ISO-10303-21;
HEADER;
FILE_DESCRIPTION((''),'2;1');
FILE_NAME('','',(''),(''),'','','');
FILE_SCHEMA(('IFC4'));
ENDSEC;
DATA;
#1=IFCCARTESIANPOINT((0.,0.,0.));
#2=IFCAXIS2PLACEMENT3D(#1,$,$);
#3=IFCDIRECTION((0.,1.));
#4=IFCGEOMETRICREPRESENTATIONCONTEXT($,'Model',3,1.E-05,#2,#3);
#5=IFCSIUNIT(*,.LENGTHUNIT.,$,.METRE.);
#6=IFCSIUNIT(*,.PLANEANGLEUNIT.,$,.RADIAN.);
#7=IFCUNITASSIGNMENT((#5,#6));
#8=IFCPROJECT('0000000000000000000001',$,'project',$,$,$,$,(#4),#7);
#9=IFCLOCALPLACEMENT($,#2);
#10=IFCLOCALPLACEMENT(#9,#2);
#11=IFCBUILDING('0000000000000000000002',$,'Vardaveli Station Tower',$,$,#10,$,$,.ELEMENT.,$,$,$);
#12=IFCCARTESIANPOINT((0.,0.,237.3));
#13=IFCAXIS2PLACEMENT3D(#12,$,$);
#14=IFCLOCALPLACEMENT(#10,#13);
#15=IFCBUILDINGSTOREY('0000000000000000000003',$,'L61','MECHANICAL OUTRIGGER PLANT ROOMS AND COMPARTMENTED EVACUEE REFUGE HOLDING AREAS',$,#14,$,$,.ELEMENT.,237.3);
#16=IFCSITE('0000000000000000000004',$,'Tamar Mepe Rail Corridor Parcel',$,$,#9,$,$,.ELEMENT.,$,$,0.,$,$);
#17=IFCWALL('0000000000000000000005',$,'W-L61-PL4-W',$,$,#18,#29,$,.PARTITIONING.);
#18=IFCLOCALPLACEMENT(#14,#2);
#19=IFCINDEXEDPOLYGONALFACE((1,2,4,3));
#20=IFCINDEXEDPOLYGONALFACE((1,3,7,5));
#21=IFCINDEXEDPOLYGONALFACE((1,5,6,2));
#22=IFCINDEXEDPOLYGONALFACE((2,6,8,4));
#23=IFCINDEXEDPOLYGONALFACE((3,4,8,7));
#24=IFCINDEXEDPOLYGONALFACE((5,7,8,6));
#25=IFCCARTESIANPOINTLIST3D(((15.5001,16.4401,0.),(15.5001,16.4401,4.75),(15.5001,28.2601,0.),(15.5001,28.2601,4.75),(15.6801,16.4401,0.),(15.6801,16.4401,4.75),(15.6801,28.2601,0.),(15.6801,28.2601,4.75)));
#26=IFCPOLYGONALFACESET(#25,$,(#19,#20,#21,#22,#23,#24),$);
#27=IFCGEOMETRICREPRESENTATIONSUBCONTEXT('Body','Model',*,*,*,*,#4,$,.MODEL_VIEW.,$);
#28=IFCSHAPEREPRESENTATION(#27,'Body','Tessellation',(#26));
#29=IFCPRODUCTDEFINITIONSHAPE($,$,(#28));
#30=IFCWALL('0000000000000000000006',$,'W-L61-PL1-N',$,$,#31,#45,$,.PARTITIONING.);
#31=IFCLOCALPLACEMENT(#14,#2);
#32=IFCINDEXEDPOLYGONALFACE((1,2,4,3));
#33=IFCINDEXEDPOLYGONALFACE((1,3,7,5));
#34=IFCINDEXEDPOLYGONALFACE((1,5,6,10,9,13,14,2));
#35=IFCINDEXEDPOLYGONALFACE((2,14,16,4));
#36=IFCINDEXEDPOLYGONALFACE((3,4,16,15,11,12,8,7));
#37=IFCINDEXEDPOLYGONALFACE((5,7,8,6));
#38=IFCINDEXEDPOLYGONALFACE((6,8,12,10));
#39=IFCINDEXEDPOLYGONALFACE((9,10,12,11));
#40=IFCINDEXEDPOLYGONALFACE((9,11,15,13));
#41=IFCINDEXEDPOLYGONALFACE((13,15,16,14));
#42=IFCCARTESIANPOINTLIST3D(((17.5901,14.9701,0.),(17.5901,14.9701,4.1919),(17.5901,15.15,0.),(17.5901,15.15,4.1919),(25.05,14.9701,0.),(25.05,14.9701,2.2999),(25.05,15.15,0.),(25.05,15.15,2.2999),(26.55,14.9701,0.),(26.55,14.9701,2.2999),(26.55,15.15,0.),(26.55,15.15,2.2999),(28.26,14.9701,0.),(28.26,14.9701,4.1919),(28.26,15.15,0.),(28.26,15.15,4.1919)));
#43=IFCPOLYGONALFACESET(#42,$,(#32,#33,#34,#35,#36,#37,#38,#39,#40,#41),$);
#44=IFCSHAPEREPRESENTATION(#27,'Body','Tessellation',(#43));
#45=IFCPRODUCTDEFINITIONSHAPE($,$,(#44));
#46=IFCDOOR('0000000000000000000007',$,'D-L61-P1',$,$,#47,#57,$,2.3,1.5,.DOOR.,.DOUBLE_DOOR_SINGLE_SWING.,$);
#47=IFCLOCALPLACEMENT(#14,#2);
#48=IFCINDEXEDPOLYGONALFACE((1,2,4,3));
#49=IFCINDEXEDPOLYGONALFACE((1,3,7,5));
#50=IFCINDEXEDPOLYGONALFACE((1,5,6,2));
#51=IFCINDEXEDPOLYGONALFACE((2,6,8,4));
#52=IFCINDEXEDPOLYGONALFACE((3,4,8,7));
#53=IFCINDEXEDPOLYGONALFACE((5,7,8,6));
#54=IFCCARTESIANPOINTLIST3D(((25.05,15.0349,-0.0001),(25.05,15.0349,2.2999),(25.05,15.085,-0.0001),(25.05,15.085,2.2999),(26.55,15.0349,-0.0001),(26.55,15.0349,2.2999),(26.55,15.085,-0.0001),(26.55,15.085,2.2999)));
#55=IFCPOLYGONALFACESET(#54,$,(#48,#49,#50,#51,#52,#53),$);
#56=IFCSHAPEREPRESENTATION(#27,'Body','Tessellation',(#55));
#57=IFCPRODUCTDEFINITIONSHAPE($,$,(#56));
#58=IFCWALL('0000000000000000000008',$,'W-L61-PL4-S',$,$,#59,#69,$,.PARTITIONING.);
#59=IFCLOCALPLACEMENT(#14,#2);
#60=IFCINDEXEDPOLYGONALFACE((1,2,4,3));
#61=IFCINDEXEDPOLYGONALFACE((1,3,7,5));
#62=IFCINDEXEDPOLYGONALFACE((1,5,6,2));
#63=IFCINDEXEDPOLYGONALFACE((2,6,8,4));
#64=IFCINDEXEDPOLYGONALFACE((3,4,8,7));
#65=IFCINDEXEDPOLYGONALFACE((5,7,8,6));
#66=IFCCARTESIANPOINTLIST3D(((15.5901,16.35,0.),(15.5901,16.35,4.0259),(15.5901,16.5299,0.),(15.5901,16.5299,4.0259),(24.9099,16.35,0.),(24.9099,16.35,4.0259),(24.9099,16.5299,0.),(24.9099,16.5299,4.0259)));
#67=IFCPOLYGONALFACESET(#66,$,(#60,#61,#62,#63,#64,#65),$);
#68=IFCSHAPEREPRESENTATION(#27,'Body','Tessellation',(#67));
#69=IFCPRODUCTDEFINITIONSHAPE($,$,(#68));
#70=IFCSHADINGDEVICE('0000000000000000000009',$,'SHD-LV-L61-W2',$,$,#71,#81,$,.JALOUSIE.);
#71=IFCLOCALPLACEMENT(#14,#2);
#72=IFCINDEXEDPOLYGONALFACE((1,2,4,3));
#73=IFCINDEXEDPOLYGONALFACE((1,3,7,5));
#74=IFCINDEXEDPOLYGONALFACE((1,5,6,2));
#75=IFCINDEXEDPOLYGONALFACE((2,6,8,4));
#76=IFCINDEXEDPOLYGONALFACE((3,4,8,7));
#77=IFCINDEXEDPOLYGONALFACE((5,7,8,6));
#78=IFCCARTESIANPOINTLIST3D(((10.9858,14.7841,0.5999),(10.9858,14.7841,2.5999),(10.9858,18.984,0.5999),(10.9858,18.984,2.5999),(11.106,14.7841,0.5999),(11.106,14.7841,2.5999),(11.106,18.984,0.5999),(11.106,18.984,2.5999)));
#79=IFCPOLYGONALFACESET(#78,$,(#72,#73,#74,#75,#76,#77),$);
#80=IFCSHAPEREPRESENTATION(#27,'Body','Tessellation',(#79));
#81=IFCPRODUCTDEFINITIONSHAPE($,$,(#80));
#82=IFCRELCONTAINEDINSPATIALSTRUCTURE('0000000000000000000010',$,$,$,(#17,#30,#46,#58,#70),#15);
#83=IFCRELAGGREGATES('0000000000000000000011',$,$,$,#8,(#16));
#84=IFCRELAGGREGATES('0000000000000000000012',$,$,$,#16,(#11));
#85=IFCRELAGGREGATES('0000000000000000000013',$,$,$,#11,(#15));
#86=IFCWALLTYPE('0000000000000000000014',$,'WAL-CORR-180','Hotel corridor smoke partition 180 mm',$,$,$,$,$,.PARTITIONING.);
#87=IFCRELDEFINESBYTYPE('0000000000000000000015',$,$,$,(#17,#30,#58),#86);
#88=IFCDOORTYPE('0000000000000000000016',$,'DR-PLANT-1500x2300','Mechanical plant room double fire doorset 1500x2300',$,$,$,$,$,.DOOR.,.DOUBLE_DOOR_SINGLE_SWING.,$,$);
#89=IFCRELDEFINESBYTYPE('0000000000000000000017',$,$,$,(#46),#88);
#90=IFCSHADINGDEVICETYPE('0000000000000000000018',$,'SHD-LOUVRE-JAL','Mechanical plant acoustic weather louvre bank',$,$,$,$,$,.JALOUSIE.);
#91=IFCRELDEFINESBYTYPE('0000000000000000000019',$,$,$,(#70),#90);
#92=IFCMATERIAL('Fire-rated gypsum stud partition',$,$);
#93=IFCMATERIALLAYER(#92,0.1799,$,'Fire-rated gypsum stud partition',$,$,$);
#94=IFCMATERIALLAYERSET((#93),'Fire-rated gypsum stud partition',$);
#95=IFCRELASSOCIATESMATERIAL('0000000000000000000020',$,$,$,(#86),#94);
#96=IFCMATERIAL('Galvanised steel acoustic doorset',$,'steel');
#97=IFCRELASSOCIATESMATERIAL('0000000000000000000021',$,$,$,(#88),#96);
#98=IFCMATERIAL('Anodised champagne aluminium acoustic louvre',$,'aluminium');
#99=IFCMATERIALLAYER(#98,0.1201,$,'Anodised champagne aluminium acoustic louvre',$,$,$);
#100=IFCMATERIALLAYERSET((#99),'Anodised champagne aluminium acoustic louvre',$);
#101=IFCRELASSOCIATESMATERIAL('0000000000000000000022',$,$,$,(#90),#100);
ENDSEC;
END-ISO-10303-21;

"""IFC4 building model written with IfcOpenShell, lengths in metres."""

from ifc_helpers import new_model, si_unit, direction, frame, frame_2d, origin, origin_2d, place, context, subcontext, project, spatial, rectangle, extrude, source, transform, mapped, material, layer, layer_set, type_object, element, fill, save


model = new_model("IFC4")

# Units and contexts
model_context = context("Model", 3, precision=1e-05, world=origin(), true_north=direction((0.0, 1.0)))
body_context = subcontext(model_context, "Body", "Model", "MODEL_VIEW")
ifc_project = project(units=[si_unit("LENGTHUNIT", "METRE"), si_unit("PLANEANGLEUNIT", "RADIAN")], contexts=[model_context])

# Site, building, storey
site_placement = place(None, origin())
site = spatial("IfcSite", under=ifc_project, at=site_placement, Name="Tamar Mepe Rail Corridor Parcel", CompositionType="ELEMENT", RefElevation=0.0)
building_placement = place(site_placement, origin())
building = spatial("IfcBuilding", under=site, at=building_placement, Name="Vardaveli Station Tower", CompositionType="ELEMENT")
storey_placement = place(building_placement, frame((0.0, 0.0, 237.3)))
storey = spatial("IfcBuildingStorey", under=building, at=storey_placement, Name="L61", Description="MECHANICAL OUTRIGGER PLANT ROOMS AND COMPARTMENTED EVACUEE REFUGE HOLDING AREAS", CompositionType="ELEMENT", Elevation=237.3)

# Wall
ifc_material_1 = material(Name="Fire-rated gypsum stud partition")
ifc_layer_1 = layer(ifc_material_1, 0.1799, Name="Fire-rated gypsum stud partition")
ifc_layer_set_1 = layer_set([ifc_layer_1], Name="Fire-rated gypsum stud partition")
wall_type = type_object("IfcWallType", Name="WAL-CORR-180", Description="Hotel corridor smoke partition 180 mm", PredefinedType="PARTITIONING", material=ifc_layer_set_1)
shared_shape_1 = source(origin(), body_context, "Body", "SweptSolid", [
    extrude(rectangle(XDim=11.8201, YDim=0.1799, at=frame_2d((5.9102, 0.0))), origin(), (0.0, 0.0, 1.0), 4.75),
])
wall_1_placement = place(storey_placement, frame((15.5901, 16.4399, 0.0), z_axis=(0.0, 0.0, 1.0), x_axis=(0.0, 1.0, 0.0)))
element("IfcWall", 1, at=wall_1_placement, inside=storey, type_object=wall_type, Name="W-L61-PL4-W", PredefinedType="PARTITIONING", context=body_context, shape_type="MappedRepresentation", body=[
    mapped(shared_shape_1, transform((0.0, 0.0, 0.0), scale=1.0)),
])

# Wall, opening, door
shared_shape_2 = source(origin(), body_context, "Body", "SweptSolid", [
    extrude(rectangle(XDim=10.6699, YDim=0.1799, at=frame_2d((5.335, 0.0))), origin(), (0.0, 0.0, 1.0), 4.1919),
])
wall_2_placement = place(storey_placement, frame((17.5901, 15.0601, 0.0), z_axis=(0.0, 0.0, 1.0), x_axis=(1.0, 0.0, 0.0)))
wall_2 = element("IfcWall", 2, at=wall_2_placement, inside=storey, type_object=wall_type, Name="W-L61-PL1-N", PredefinedType="PARTITIONING", context=body_context, shape_type="MappedRepresentation", body=[
    mapped(shared_shape_2, transform((0.0, 0.0, 0.0), scale=1.0)),
])
shared_shape_3 = source(origin(), body_context, "Body", "SweptSolid", [
    extrude(rectangle(XDim=1.5, YDim=2.3, at=frame_2d((0.75, 1.1499))), frame((0.0, 0.1001, 0.0), z_axis=(0.0, -1.0, 0.0), x_axis=(1.0, 0.0, 0.0)), (0.0, 0.0, 1.0), 0.2),
])
opening_placement = place(wall_2_placement, frame((7.46, 0.0, 0.0)))
opening = element("IfcOpeningElement", 3, at=opening_placement, cuts=wall_2, PredefinedType="OPENING", context=body_context, shape_type="MappedRepresentation", body=[
    mapped(shared_shape_3, transform((0.0, 0.0, 0.0), scale=1.0)),
])
ifc_material_2 = material(Name="Galvanised steel acoustic doorset", Category="steel")
door_type = type_object("IfcDoorType", Name="DR-PLANT-1500x2300", Description="Mechanical plant room double fire doorset 1500x2300", OperationType="DOUBLE_DOOR_SINGLE_SWING", PredefinedType="DOOR", material=ifc_material_2)
shared_shape_4 = source(origin(), body_context, "Body", "SweptSolid", [
    extrude(rectangle(XDim=1.5, YDim=2.3, at=frame_2d((0.75, 1.1499))), frame((0.0, 0.0249, 0.0), z_axis=(0.0, -1.0, 0.0), x_axis=(1.0, 0.0, 0.0)), (0.0, 0.0, 1.0), 0.05),
])
door_placement = place(opening_placement, origin())
door = element("IfcDoor", 4, at=door_placement, inside=storey, type_object=door_type, Name="D-L61-P1", OperationType="DOUBLE_DOOR_SINGLE_SWING", OverallHeight=2.3, OverallWidth=1.5, PredefinedType="DOOR", context=body_context, shape_type="MappedRepresentation", body=[
    mapped(shared_shape_4, transform((0.0, 0.0, 0.0), scale=1.0)),
])
fill(opening, door)

# Wall
shared_shape_5 = source(origin(), body_context, "Body", "SweptSolid", [
    extrude(rectangle(XDim=9.3198, YDim=0.1799, at=frame_2d((4.6599, 0.0))), origin(), (0.0, 0.0, 1.0), 4.0259),
])
wall_3_placement = place(storey_placement, frame((15.5901, 16.4399, 0.0), z_axis=(0.0, 0.0, 1.0), x_axis=(1.0, 0.0, 0.0)))
element("IfcWall", 5, at=wall_3_placement, inside=storey, type_object=wall_type, Name="W-L61-PL4-S", PredefinedType="PARTITIONING", context=body_context, shape_type="MappedRepresentation", body=[
    mapped(shared_shape_5, transform((0.0, 0.0, 0.0), scale=1.0)),
])

# Shading device
ifc_material_3 = material(Name="Anodised champagne aluminium acoustic louvre", Category="aluminium")
ifc_layer_2 = layer(ifc_material_3, 0.1201, Name="Anodised champagne aluminium acoustic louvre")
ifc_layer_set_2 = layer_set([ifc_layer_2], Name="Anodised champagne aluminium acoustic louvre")
shading_device_type = type_object("IfcShadingDeviceType", Name="SHD-LOUVRE-JAL", Description="Mechanical plant acoustic weather louvre bank", PredefinedType="JALOUSIE", material=ifc_layer_set_2)
shared_shape_6 = source(origin(), body_context, "Body", "SweptSolid", [
    extrude(rectangle(XDim=4.2, YDim=0.1201, at=origin_2d()), origin(), (0.0, 0.0, 1.0), 2.0),
])
shading_device_placement = place(storey_placement, frame((11.0459, 16.884, 0.5999), z_axis=(0.0, 0.0, 1.0), x_axis=(0.0, 1.0, 0.0)))
element("IfcShadingDevice", 6, at=shading_device_placement, inside=storey, type_object=shading_device_type, Name="SHD-LV-L61-W2", PredefinedType="JALOUSIE", context=body_context, shape_type="MappedRepresentation", body=[
    mapped(shared_shape_6, transform((0.0, 0.0, 0.0), scale=1.0)),
])

save(model, "model.ifc")
